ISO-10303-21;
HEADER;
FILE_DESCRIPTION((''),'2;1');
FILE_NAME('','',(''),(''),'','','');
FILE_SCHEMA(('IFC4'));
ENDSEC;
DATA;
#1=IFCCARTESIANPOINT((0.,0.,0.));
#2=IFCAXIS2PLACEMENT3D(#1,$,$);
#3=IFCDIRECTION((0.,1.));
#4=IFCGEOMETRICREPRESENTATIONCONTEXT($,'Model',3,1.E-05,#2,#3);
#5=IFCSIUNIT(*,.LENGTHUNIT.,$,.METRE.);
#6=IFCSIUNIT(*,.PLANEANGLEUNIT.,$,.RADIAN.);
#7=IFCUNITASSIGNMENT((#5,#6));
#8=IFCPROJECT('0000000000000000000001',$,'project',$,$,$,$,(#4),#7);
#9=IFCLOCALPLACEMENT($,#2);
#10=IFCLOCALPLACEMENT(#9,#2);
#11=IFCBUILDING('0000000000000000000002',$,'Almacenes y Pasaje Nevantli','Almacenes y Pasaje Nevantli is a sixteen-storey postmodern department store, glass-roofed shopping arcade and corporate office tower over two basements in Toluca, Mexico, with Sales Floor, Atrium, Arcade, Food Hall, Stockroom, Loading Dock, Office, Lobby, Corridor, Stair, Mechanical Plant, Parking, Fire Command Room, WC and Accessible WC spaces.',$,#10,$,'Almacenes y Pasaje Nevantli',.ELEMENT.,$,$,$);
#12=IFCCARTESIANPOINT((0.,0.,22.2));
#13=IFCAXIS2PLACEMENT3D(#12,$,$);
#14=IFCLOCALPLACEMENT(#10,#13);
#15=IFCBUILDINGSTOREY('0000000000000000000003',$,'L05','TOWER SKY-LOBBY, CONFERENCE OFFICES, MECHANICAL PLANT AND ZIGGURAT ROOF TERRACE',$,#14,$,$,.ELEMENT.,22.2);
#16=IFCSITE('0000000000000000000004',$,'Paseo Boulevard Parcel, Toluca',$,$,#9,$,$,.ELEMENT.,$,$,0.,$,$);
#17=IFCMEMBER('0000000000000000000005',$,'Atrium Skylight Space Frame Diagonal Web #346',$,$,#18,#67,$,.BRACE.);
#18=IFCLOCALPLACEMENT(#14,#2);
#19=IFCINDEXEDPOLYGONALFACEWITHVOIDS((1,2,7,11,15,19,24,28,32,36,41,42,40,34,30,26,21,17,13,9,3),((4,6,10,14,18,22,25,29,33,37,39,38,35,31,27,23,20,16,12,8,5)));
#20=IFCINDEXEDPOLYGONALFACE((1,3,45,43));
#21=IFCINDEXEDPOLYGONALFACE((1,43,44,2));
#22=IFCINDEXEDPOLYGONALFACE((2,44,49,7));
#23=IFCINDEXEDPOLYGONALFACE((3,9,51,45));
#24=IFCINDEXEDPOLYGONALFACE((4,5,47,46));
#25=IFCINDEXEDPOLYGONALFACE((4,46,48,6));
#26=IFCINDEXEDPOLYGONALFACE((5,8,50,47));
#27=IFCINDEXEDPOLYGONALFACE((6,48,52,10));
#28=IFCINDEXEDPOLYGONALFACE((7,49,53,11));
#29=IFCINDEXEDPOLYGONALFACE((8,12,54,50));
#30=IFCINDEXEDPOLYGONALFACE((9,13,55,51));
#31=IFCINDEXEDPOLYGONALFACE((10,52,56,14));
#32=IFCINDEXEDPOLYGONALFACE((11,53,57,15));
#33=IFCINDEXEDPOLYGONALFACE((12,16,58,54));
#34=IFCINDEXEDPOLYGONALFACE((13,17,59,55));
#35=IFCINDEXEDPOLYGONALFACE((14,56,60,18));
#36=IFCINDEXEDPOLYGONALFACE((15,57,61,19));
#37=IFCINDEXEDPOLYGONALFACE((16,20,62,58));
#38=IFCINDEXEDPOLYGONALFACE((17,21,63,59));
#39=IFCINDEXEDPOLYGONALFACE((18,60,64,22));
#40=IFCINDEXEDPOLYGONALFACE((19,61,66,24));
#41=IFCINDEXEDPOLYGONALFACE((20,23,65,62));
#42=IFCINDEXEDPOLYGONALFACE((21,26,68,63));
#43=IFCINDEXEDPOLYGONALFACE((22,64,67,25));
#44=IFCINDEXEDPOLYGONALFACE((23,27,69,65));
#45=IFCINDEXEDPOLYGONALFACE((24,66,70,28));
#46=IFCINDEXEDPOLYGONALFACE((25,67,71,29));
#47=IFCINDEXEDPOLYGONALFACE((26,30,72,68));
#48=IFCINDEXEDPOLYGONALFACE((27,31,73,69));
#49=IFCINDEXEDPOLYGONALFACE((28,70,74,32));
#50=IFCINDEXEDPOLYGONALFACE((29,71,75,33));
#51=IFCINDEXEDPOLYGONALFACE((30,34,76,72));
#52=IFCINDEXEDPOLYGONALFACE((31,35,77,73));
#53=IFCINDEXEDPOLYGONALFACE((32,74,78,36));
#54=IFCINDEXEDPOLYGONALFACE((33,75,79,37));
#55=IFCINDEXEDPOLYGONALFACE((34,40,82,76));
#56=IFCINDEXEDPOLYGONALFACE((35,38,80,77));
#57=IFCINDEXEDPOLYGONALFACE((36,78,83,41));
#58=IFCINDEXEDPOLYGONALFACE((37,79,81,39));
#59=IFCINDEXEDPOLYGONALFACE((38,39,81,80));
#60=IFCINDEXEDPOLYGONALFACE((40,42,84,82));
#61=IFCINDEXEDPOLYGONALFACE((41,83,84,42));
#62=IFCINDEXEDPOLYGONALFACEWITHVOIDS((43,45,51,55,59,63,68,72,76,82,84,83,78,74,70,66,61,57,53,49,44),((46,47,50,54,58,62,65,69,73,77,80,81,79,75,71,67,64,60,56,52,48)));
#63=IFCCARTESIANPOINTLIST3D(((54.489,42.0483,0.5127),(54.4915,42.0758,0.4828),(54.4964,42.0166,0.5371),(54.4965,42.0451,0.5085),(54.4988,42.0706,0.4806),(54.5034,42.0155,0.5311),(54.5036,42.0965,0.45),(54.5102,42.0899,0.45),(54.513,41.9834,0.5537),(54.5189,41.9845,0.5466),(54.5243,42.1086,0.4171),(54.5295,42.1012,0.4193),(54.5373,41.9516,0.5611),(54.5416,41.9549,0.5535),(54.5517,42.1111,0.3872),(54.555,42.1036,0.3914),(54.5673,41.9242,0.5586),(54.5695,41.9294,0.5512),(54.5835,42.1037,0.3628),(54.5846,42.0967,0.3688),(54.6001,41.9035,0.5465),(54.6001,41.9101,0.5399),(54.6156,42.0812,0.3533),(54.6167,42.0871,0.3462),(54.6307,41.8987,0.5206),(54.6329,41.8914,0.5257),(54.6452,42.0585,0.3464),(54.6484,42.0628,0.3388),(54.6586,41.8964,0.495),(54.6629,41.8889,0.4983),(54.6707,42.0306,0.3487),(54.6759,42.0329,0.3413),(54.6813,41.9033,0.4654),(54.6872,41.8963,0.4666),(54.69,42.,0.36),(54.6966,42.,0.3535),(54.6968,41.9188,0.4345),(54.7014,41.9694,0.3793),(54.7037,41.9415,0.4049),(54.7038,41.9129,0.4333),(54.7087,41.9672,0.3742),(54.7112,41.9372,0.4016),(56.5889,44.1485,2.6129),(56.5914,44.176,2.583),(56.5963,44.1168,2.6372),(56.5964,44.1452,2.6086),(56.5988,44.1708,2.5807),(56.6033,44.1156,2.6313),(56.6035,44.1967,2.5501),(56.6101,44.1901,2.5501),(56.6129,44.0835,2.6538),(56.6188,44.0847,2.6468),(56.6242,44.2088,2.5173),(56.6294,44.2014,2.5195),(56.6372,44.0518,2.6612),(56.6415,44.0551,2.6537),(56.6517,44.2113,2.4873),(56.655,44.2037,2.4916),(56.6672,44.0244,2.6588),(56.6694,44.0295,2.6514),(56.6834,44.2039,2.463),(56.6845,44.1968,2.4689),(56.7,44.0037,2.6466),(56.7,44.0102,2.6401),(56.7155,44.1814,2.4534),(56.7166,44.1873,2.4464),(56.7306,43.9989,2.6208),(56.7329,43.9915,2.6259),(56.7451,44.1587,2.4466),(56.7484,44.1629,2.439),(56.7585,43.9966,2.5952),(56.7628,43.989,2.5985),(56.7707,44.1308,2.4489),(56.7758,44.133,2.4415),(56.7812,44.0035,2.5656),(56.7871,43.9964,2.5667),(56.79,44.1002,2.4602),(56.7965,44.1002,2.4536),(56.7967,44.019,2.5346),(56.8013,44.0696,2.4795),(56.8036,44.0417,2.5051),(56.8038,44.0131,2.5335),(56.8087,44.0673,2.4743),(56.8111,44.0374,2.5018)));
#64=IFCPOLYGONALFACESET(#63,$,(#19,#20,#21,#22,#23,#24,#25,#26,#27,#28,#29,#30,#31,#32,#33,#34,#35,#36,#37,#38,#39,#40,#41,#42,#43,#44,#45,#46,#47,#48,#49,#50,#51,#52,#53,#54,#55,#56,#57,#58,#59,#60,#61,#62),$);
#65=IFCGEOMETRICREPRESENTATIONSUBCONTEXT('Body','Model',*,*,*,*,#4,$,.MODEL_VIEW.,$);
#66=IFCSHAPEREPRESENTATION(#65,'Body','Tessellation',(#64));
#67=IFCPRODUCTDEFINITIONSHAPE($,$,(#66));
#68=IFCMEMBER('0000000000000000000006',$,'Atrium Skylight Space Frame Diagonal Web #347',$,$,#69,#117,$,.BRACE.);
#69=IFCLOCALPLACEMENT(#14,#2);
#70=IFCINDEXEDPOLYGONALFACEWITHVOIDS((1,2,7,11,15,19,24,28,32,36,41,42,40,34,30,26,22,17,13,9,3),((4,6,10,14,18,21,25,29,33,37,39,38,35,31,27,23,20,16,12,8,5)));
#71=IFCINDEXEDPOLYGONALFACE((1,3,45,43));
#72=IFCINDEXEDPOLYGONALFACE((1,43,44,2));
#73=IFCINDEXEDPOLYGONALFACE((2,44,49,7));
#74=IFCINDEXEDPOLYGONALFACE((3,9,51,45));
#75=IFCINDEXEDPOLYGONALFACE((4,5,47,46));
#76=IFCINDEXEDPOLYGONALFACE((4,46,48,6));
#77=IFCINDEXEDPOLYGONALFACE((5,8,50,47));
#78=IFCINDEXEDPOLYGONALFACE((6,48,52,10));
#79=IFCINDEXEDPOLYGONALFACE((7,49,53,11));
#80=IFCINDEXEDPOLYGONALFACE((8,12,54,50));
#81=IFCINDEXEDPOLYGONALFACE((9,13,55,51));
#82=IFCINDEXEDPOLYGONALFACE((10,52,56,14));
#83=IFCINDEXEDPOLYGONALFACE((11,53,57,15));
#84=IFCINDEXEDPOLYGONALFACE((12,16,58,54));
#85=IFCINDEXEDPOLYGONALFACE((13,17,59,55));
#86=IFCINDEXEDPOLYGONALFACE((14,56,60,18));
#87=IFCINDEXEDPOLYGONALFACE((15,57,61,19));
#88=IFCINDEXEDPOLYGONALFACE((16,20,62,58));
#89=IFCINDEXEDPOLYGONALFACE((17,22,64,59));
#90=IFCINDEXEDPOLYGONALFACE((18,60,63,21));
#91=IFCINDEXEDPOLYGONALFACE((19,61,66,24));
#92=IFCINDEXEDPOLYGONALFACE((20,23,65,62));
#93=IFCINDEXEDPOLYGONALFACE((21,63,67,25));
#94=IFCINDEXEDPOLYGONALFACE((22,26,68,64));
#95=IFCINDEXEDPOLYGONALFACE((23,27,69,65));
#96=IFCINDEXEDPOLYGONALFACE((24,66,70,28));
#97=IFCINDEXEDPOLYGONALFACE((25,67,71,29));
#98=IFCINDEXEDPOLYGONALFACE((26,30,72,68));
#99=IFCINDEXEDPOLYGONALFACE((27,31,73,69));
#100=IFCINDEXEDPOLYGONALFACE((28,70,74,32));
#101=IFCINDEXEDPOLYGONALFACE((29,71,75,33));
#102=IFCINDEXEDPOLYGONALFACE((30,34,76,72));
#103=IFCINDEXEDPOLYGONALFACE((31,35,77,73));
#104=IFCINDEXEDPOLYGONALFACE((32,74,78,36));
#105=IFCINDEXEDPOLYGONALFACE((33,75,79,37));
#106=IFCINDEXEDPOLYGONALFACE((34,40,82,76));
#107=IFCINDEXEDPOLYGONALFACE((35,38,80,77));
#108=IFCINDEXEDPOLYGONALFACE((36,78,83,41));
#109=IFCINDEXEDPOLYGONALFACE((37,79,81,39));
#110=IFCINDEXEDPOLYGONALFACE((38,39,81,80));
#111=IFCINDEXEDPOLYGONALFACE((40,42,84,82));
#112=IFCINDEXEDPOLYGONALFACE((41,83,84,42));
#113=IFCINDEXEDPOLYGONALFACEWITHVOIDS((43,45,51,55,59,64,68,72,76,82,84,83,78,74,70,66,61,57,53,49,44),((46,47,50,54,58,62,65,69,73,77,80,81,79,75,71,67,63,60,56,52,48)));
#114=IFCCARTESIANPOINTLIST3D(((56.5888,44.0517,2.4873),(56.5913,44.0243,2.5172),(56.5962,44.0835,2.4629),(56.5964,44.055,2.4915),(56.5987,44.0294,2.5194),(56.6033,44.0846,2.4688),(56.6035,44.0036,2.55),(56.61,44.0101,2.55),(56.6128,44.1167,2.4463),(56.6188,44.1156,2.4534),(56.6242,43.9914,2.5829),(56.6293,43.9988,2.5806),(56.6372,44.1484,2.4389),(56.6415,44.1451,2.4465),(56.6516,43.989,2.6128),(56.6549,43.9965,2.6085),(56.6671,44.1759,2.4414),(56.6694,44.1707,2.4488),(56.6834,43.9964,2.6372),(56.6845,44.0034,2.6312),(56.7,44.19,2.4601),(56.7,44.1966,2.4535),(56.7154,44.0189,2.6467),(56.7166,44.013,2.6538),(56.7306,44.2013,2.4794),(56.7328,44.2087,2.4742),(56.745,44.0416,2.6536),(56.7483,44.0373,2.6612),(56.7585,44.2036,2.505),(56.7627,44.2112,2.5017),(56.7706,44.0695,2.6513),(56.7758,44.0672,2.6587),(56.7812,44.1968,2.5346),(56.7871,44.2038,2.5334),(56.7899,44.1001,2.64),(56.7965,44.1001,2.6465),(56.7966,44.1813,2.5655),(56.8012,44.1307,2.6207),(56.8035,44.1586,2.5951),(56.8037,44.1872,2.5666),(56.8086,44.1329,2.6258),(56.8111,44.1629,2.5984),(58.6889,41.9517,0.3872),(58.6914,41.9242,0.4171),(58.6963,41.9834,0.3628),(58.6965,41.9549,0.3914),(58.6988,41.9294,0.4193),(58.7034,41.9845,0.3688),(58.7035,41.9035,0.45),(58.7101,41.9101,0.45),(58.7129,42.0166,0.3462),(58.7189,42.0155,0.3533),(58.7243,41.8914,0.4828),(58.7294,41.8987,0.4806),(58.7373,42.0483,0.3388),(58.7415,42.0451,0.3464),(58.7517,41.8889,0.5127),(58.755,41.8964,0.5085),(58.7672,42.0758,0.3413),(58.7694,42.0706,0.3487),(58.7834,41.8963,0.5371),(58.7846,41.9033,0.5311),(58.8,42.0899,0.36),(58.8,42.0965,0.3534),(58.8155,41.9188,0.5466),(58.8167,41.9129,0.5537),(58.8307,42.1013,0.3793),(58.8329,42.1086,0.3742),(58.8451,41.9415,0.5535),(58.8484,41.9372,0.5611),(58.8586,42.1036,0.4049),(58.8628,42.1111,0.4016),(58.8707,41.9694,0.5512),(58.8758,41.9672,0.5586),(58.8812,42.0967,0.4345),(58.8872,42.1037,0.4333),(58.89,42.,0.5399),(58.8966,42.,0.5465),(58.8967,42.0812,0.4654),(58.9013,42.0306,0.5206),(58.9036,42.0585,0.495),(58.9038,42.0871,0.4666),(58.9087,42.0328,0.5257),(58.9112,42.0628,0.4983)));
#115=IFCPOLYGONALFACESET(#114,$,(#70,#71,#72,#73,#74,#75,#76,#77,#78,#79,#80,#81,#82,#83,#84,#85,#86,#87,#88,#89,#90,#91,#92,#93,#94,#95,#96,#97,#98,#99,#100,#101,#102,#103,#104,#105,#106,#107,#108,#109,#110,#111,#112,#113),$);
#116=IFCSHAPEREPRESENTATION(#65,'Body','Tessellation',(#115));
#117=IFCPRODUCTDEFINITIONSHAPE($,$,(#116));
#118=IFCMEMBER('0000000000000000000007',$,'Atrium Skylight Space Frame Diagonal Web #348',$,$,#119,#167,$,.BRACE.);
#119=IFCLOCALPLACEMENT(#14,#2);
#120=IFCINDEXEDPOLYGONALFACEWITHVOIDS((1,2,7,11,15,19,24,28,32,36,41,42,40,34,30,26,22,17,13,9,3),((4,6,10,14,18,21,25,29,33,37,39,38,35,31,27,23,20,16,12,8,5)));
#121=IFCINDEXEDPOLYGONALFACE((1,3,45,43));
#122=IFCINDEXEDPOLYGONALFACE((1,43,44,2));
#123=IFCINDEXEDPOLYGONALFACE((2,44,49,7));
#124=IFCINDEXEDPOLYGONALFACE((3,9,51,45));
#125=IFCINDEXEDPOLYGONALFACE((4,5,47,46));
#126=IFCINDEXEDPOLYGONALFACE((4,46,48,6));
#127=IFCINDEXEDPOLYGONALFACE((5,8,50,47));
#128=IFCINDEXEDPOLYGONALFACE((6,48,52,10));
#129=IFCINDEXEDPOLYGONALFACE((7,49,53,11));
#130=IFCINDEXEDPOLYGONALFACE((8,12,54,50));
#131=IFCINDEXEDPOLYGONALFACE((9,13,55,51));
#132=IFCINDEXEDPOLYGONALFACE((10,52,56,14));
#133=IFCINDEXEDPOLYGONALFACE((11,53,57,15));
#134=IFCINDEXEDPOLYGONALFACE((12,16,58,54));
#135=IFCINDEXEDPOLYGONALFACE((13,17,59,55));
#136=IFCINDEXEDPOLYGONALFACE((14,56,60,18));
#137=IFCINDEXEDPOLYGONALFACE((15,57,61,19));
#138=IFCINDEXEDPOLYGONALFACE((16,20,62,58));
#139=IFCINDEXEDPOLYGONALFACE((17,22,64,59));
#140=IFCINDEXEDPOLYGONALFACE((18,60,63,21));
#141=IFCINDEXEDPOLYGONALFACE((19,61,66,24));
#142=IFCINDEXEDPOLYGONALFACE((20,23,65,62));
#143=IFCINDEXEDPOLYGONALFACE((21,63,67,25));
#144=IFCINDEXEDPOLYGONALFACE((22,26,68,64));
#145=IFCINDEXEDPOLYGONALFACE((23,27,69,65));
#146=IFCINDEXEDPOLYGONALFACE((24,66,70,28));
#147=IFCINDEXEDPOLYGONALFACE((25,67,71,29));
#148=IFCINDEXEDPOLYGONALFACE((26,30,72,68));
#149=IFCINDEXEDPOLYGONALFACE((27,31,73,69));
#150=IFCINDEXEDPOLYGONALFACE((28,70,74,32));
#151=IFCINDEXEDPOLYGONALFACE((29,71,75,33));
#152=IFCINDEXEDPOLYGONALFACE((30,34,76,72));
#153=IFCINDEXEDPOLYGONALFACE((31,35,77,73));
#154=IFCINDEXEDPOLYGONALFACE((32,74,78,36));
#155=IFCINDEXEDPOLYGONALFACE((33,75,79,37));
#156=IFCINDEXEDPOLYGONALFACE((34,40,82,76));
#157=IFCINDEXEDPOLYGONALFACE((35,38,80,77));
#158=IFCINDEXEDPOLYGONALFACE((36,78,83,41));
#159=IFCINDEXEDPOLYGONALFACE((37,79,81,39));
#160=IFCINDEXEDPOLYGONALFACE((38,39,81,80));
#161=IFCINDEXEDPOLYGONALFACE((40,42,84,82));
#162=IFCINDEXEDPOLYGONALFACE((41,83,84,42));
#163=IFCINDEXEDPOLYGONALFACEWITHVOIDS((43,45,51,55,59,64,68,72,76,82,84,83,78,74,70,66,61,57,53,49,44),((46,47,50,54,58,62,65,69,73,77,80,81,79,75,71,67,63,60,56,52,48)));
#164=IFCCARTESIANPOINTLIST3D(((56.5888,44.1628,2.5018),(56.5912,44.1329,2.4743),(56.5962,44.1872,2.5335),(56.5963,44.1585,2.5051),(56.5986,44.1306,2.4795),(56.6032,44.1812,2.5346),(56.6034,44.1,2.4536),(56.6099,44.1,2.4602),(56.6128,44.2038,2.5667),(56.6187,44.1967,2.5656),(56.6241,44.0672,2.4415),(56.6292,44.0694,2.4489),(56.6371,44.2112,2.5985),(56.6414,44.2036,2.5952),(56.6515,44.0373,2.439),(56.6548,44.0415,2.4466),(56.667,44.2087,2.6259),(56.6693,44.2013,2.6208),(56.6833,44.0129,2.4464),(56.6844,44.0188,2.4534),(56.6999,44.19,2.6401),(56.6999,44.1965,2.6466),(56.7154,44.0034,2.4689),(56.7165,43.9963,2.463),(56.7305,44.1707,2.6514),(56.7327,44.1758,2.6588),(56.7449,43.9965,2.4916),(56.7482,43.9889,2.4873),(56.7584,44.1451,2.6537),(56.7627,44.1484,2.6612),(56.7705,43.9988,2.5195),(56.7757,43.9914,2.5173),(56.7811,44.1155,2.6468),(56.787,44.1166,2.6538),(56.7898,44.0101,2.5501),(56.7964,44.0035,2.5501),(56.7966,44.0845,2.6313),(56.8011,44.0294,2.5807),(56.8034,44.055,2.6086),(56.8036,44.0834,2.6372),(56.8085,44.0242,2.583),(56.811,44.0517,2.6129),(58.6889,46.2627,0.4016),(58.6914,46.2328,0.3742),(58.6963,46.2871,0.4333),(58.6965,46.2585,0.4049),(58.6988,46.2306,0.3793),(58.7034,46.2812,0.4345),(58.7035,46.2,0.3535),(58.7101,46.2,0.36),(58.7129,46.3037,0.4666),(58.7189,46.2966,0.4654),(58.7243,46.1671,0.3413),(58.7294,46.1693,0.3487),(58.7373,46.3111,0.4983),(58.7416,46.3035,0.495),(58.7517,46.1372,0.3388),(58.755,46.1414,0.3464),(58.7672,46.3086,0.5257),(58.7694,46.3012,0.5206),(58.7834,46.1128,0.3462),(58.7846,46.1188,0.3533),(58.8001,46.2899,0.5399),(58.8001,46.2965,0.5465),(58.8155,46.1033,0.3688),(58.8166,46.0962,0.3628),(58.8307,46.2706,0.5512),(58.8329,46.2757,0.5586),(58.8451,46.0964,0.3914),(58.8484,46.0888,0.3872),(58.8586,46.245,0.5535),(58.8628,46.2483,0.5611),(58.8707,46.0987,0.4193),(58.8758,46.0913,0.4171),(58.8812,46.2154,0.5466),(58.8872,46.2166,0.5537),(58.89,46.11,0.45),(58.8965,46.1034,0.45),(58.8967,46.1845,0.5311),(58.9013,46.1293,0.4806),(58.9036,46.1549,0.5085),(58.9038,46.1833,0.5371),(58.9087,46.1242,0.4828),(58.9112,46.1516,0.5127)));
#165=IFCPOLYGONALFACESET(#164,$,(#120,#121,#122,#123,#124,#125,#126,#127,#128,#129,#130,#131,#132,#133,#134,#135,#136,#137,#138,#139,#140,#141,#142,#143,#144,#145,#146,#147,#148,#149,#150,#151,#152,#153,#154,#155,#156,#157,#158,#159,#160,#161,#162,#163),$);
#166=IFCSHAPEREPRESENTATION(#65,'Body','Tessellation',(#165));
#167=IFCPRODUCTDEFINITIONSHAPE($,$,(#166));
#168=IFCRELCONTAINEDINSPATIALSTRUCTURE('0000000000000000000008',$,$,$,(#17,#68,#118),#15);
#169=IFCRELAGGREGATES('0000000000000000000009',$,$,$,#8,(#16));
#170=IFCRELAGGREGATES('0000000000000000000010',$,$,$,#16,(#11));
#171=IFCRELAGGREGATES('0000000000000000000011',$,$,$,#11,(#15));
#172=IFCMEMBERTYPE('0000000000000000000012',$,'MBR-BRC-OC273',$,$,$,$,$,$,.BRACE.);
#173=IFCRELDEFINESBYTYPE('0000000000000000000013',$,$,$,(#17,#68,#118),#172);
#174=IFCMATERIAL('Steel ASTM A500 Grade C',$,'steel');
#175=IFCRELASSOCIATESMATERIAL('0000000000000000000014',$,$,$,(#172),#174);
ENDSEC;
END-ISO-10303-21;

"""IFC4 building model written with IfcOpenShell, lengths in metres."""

from ifc_helpers import new_model, si_unit, direction, frame, origin, origin_2d, place, context, subcontext, project, spatial, hollow_circle, extrude, material, material_profile, profile_set, type_object, element, save


model = new_model("IFC4")

# Units and contexts
model_context = context("Model", 3, precision=1e-05, world=origin(), true_north=direction((0.0, 1.0)))
body_context = subcontext(model_context, "Body", "Model", "MODEL_VIEW")
ifc_project = project(units=[si_unit("LENGTHUNIT", "METRE"), si_unit("PLANEANGLEUNIT", "RADIAN")], contexts=[model_context])

# Site, building, storey
site_placement = place(None, origin())
site = spatial("IfcSite", under=ifc_project, at=site_placement, Name="Paseo Boulevard Parcel, Toluca", CompositionType="ELEMENT", RefElevation=0.0)
building_placement = place(site_placement, origin())
building = spatial("IfcBuilding", under=site, at=building_placement, Name="Almacenes y Pasaje Nevantli", Description="Almacenes y Pasaje Nevantli is a sixteen-storey postmodern department store, glass-roofed shopping arcade and corporate office tower over two basements in Toluca, Mexico, with Sales Floor, Atrium, Arcade, Food Hall, Stockroom, Loading Dock, Office, Lobby, Corridor, Stair, Mechanical Plant, Parking, Fire Command Room, WC and Accessible WC spaces.", LongName="Almacenes y Pasaje Nevantli", CompositionType="ELEMENT")
storey_placement = place(building_placement, frame((0.0, 0.0, 22.2)))
storey = spatial("IfcBuildingStorey", under=building, at=storey_placement, Name="L05", Description="TOWER SKY-LOBBY, CONFERENCE OFFICES, MECHANICAL PLANT AND ZIGGURAT ROOF TERRACE", CompositionType="ELEMENT", Elevation=22.2)

# Members
ifc_material_1 = material(Name="Steel ASTM A500 Grade C", Category="steel")
ifc_material_profile_1 = material_profile(ifc_material_1, hollow_circle(Radius=0.1365, WallThickness=0.0093, at=origin_2d()), Name="OC 273x9.3")
ifc_profile_set_1 = profile_set([ifc_material_profile_1], Name="Steel ASTM A500 Grade C")
member_type_1 = type_object("IfcMemberType", Name="MBR-BRC-OC273", PredefinedType="BRACE", material=ifc_profile_set_1)
for number, where, z_axis, x_axis, name in (
    (1, (54.6001, 42.0, 0.45), (0.577306, 0.577373, 0.577373), (-0.707148, 0.707066, 0.0), "Atrium Skylight Space Frame Diagonal Web #346"),
    (2, (58.8, 42.0, 0.45), (-0.57735, 0.57735, 0.57735), (-0.707107, -0.707107, 0.0), "Atrium Skylight Space Frame Diagonal Web #347"),
    (3, (58.8, 46.2, 0.45), (-0.577373, -0.577306, 0.577373), (0.707066, -0.707148, 0.0), "Atrium Skylight Space Frame Diagonal Web #348"),
):
    element("IfcMember", number, at=place(storey_placement, frame(where, z_axis=z_axis, x_axis=x_axis)), inside=storey, type_object=member_type_1, Name=name, PredefinedType="BRACE", context=body_context, shape_type="SweptSolid", body=[
        extrude(hollow_circle(Radius=0.1365, WallThickness=0.0093, at=origin_2d()), origin(), (0.0, 0.0, 1.0), 3.6375),
    ])

save(model, "model.ifc")
